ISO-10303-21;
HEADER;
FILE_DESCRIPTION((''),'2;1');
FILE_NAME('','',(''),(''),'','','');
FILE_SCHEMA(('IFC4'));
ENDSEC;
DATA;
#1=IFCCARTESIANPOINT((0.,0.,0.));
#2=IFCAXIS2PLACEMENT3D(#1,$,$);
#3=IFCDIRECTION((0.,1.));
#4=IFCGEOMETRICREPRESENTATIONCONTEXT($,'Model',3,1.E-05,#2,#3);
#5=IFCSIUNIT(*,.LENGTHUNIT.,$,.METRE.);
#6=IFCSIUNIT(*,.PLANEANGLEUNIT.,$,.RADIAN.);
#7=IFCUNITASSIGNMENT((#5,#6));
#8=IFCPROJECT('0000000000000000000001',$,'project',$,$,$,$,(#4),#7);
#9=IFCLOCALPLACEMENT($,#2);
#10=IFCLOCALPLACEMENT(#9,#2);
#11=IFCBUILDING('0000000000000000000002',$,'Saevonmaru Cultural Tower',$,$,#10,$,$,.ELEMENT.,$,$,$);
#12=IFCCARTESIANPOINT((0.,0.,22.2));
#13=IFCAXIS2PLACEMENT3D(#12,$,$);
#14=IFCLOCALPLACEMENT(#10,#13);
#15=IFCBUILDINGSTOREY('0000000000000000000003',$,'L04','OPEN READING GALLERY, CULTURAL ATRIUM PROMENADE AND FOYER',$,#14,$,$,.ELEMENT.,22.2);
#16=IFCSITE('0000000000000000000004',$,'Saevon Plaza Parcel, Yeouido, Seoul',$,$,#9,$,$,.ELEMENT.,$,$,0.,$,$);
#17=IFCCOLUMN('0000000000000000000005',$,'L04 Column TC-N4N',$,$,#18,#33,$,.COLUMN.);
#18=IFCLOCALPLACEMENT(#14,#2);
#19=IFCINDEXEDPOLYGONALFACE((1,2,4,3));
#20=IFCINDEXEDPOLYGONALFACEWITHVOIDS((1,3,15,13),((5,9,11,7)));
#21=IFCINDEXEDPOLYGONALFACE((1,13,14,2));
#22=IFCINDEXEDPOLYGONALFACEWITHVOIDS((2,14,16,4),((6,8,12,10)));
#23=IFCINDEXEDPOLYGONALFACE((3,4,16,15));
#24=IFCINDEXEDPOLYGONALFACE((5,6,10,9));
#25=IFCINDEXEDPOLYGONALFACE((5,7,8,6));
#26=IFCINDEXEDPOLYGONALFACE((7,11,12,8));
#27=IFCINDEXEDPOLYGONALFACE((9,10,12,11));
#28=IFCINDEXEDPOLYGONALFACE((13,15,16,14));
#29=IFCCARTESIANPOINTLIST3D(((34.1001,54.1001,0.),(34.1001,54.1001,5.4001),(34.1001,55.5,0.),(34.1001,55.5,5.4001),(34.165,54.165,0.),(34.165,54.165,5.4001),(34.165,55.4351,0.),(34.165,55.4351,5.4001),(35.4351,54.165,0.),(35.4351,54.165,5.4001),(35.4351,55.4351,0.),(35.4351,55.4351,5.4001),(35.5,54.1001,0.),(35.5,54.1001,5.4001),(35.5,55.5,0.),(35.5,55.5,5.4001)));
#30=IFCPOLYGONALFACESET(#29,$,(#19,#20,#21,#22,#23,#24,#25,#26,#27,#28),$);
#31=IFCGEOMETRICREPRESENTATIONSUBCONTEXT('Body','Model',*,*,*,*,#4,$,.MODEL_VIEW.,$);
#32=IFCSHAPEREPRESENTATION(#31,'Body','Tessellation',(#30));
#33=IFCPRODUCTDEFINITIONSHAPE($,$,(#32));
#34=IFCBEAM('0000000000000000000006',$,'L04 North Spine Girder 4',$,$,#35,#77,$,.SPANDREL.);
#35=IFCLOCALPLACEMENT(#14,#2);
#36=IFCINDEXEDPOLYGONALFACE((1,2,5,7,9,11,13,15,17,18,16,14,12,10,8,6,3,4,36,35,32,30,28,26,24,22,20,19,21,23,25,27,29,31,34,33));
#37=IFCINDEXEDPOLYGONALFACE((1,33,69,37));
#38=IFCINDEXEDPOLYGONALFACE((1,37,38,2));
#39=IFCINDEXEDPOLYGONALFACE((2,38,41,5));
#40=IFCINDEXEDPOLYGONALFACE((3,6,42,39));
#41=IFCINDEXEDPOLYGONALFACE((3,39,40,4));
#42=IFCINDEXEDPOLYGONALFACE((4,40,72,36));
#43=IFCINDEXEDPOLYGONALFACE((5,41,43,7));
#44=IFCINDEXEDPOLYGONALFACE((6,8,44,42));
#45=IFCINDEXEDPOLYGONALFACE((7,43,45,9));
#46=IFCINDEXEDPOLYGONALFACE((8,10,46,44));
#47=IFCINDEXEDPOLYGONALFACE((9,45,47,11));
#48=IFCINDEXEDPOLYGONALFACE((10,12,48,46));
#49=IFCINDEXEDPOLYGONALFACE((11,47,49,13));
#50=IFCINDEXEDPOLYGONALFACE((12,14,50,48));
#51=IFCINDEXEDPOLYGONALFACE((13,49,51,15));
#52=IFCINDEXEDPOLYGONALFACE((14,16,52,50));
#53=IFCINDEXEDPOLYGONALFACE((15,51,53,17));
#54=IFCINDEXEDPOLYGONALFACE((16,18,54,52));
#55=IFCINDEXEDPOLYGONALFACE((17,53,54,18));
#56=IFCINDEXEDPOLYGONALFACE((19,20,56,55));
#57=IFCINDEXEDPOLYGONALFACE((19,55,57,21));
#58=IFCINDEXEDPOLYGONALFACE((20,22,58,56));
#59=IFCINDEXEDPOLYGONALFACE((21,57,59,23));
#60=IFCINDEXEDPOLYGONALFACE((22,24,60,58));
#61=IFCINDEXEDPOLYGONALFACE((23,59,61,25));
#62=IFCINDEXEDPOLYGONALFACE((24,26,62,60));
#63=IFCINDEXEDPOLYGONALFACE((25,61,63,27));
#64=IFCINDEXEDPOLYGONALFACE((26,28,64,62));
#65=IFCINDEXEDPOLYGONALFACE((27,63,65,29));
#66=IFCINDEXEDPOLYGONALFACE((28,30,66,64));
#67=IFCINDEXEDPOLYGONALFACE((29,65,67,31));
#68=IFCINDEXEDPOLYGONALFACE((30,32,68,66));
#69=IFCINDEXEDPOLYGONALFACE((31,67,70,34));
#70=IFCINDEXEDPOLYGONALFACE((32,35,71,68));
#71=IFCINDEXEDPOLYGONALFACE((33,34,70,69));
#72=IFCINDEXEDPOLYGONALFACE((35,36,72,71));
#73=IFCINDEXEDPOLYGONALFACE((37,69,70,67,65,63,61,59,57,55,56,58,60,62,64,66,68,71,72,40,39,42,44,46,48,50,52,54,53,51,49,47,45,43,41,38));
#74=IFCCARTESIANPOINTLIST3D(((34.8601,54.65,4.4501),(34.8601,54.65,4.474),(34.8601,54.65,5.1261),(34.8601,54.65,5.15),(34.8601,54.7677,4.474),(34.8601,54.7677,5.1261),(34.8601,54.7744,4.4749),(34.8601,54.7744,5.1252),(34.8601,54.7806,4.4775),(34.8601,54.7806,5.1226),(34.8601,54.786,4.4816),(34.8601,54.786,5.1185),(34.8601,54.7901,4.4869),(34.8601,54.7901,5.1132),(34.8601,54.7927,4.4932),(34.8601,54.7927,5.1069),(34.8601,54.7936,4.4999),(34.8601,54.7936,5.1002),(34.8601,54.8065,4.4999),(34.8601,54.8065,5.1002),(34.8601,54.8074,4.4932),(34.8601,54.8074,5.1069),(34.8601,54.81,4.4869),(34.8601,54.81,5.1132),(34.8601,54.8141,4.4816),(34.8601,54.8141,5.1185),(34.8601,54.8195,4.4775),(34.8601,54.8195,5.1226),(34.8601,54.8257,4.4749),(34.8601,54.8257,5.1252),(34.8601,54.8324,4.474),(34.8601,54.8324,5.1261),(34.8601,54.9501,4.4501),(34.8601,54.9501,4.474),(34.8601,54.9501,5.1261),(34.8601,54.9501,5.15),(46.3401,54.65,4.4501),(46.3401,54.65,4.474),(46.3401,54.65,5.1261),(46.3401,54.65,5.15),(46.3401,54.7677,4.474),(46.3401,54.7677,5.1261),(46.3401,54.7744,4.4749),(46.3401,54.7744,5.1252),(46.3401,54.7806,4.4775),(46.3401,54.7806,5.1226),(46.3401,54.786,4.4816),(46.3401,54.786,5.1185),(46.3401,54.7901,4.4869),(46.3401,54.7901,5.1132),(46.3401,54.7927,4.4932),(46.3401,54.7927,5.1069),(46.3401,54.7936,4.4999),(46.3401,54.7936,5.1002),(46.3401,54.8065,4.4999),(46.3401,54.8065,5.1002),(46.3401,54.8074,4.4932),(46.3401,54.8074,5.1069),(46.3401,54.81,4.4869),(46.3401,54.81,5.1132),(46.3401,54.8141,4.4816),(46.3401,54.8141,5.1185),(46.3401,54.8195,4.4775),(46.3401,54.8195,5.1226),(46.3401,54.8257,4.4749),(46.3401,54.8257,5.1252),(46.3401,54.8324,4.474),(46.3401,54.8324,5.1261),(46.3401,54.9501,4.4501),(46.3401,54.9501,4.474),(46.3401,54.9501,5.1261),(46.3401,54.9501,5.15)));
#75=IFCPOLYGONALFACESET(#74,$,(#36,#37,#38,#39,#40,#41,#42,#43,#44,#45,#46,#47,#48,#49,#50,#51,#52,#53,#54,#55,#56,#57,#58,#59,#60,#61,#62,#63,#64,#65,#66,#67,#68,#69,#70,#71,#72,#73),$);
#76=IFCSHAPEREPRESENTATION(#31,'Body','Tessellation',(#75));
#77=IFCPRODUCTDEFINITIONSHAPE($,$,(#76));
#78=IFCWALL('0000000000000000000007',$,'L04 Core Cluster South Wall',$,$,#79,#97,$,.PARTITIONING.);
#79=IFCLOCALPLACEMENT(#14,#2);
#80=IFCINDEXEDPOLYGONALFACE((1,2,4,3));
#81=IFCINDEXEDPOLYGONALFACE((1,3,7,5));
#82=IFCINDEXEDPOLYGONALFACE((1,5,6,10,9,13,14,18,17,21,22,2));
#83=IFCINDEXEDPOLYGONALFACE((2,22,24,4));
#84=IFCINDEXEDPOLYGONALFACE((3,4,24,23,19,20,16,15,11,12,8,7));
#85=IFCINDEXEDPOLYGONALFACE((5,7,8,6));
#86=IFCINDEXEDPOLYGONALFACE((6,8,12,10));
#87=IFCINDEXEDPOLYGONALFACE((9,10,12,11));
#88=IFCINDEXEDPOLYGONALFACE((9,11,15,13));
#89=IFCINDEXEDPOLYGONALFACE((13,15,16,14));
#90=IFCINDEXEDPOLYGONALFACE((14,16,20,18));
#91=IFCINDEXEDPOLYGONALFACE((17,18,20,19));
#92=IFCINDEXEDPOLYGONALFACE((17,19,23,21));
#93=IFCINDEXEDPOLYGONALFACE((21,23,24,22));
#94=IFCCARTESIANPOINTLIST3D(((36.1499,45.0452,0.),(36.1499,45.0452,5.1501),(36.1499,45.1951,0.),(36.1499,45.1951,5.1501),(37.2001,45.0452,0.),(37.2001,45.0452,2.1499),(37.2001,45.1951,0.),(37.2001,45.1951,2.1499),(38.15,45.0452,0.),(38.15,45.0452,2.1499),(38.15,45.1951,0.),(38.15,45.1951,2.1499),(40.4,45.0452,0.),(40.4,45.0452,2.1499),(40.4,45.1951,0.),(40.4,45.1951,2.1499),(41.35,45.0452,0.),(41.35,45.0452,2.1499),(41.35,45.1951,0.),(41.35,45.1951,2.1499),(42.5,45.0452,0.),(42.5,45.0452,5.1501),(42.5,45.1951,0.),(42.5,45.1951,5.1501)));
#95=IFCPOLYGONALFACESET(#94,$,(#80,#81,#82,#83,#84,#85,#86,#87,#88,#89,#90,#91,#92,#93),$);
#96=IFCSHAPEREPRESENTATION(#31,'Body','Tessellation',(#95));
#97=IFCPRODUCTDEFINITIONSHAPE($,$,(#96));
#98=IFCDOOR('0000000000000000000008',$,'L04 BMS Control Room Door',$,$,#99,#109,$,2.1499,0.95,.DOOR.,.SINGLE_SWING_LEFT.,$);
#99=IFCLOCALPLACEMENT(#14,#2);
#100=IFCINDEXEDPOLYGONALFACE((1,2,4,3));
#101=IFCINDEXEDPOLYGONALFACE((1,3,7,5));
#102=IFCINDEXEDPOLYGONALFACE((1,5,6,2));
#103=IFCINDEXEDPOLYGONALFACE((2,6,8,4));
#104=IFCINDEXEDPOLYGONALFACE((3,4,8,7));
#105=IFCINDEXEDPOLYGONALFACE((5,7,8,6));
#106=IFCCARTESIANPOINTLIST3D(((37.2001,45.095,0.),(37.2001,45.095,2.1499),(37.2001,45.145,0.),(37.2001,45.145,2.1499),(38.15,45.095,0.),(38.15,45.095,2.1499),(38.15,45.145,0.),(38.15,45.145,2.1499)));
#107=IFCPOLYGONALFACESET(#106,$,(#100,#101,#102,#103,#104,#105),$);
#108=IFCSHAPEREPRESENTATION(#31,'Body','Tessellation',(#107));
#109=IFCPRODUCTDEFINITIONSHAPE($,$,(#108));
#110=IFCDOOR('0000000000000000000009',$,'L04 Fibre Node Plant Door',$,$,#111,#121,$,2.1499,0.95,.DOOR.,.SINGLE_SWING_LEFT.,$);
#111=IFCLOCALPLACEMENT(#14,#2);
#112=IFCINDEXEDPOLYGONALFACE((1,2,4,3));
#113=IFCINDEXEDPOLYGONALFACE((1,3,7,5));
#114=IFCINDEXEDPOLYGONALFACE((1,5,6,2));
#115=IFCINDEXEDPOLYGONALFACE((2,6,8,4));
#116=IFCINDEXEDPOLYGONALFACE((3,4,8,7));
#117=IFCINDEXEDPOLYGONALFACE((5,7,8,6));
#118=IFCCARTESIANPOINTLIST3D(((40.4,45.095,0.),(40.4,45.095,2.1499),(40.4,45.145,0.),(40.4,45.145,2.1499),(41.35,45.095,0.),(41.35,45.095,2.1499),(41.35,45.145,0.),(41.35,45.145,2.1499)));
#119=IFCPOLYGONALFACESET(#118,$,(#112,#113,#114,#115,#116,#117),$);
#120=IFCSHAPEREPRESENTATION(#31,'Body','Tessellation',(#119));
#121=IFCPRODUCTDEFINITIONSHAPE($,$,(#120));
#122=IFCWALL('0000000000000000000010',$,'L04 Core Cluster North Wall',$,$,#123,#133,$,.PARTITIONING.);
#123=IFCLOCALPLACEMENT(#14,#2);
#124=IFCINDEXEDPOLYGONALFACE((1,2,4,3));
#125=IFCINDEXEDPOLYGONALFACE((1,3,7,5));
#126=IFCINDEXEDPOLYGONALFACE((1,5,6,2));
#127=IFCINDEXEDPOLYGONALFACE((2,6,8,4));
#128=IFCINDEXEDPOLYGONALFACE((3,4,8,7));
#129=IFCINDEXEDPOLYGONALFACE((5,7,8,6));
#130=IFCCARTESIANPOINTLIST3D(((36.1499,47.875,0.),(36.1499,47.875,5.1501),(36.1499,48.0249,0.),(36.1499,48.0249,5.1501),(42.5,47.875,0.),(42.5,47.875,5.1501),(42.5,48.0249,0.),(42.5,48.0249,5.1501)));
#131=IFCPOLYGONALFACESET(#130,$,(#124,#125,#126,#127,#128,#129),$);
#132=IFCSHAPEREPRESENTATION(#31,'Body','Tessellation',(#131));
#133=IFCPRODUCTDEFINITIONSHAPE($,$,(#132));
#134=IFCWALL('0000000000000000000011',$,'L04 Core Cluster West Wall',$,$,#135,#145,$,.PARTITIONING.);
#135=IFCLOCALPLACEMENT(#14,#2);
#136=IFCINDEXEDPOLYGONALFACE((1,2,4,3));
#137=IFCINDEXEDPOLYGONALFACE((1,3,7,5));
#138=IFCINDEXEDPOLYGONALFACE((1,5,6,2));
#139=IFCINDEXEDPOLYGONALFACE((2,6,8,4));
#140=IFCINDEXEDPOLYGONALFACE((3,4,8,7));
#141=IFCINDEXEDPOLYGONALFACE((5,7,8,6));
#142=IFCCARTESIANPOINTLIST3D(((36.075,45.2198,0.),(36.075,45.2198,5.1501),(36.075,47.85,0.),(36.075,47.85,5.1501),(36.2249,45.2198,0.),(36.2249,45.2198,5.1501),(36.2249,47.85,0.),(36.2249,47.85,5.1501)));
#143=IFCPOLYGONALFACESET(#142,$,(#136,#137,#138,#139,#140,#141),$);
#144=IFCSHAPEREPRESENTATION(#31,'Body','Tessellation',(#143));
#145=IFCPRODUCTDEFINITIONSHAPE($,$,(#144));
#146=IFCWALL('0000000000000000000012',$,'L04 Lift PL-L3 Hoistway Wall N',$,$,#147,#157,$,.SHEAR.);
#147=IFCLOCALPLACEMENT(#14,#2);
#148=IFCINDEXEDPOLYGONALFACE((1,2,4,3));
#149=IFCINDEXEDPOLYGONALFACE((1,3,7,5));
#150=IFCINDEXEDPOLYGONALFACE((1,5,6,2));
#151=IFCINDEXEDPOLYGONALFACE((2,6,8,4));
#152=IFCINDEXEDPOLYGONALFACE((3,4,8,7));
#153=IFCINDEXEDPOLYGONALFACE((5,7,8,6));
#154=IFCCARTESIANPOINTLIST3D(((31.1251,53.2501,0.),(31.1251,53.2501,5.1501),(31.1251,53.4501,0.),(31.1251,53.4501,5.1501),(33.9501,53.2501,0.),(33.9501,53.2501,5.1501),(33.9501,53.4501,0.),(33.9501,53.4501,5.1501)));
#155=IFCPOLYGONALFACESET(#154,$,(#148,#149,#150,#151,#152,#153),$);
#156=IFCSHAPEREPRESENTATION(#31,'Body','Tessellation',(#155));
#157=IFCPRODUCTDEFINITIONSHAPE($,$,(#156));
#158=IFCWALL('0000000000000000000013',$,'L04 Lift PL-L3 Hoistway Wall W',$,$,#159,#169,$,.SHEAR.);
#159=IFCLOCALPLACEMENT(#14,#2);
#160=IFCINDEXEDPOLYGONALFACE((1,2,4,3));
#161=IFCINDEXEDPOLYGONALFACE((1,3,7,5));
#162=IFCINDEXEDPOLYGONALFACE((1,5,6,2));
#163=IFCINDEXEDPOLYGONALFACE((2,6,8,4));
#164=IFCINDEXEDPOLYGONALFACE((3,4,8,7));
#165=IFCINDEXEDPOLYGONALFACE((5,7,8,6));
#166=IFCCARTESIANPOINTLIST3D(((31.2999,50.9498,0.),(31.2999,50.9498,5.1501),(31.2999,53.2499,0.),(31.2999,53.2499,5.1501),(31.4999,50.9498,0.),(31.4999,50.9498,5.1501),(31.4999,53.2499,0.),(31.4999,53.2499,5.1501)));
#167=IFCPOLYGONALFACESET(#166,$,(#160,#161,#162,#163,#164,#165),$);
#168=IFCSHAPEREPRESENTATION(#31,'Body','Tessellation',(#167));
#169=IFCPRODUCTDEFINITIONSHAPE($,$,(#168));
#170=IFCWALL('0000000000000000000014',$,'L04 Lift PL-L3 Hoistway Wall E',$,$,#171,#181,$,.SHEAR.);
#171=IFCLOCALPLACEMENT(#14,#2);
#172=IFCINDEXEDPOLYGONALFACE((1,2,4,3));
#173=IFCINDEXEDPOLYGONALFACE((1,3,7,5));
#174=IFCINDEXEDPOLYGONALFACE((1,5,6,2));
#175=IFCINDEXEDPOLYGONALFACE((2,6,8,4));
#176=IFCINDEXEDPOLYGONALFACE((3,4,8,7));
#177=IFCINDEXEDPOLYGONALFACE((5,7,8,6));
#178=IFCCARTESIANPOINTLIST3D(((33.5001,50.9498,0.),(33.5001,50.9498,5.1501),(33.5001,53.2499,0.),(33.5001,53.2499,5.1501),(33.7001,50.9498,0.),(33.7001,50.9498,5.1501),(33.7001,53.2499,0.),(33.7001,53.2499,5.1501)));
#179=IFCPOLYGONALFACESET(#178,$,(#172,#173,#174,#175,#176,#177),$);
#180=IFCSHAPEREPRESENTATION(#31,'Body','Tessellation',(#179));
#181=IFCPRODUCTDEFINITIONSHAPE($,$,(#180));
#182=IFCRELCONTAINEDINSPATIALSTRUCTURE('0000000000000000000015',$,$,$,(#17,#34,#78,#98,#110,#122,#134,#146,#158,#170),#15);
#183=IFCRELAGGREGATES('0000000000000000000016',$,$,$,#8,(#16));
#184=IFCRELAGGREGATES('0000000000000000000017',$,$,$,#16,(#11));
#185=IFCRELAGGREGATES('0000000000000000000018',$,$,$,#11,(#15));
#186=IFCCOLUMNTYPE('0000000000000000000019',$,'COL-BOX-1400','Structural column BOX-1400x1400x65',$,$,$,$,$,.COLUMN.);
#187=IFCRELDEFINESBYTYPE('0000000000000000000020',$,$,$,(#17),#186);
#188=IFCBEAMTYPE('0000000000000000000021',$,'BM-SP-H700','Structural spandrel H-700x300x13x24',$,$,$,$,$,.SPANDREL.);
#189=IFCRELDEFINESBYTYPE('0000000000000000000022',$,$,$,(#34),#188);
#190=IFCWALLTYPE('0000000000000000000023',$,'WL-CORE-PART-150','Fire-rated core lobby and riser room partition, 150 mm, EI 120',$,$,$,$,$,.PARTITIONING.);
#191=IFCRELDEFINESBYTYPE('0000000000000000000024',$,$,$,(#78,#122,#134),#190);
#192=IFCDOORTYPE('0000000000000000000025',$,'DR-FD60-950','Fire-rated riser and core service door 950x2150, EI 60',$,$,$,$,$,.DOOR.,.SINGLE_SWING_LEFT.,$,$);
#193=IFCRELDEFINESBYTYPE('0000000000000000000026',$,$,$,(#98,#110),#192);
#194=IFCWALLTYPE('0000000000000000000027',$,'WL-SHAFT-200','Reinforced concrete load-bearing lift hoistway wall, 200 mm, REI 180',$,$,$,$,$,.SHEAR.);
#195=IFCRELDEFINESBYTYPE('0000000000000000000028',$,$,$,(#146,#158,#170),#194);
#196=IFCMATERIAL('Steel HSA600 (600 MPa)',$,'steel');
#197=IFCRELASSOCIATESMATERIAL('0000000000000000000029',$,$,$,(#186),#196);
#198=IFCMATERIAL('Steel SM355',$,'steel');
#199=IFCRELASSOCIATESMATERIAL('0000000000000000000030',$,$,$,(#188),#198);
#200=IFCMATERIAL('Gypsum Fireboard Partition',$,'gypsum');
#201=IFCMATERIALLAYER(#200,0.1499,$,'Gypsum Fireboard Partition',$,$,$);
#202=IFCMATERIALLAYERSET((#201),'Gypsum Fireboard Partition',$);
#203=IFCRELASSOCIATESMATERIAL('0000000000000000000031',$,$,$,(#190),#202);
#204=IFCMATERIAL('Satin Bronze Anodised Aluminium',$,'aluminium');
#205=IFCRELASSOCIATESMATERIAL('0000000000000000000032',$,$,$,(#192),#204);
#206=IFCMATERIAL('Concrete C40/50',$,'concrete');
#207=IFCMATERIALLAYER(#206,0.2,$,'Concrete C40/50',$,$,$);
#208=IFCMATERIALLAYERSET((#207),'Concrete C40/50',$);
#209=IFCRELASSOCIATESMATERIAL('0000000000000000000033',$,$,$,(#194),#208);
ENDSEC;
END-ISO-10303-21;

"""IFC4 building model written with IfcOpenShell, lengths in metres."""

from ifc_helpers import new_model, si_unit, direction, frame, frame_2d, origin, origin_2d, place, context, subcontext, project, spatial, rectangle, hollow_rectangle, i_section, extrude, material, layer, layer_set, material_profile, profile_set, type_object, element, fill, save


model = new_model("IFC4")

# Units and contexts
model_context = context("Model", 3, precision=1e-05, world=origin(), true_north=direction((0.0, 1.0)))
body_context = subcontext(model_context, "Body", "Model", "MODEL_VIEW")
ifc_project = project(units=[si_unit("LENGTHUNIT", "METRE"), si_unit("PLANEANGLEUNIT", "RADIAN")], contexts=[model_context])

# Site, building, storey
site_placement = place(None, origin())
site = spatial("IfcSite", under=ifc_project, at=site_placement, Name="Saevon Plaza Parcel, Yeouido, Seoul", CompositionType="ELEMENT", RefElevation=0.0)
building_placement = place(site_placement, origin())
building = spatial("IfcBuilding", under=site, at=building_placement, Name="Saevonmaru Cultural Tower", CompositionType="ELEMENT")
storey_placement = place(building_placement, frame((0.0, 0.0, 22.2)))
storey = spatial("IfcBuildingStorey", under=building, at=storey_placement, Name="L04", Description="OPEN READING GALLERY, CULTURAL ATRIUM PROMENADE AND FOYER", CompositionType="ELEMENT", Elevation=22.2)

# Column
ifc_material_1 = material(Name="Steel HSA600 (600 MPa)", Category="steel")
ifc_material_profile_1 = material_profile(ifc_material_1, hollow_rectangle(XDim=1.3999, YDim=1.3999, WallThickness=0.0649, at=origin_2d()), Name="BOX-1400x1400x65")
ifc_profile_set_1 = profile_set([ifc_material_profile_1], Name="Steel HSA600 (600 MPa)")
column_type = type_object("IfcColumnType", Name="COL-BOX-1400", Description="Structural column BOX-1400x1400x65", PredefinedType="COLUMN", material=ifc_profile_set_1)
column_placement = place(storey_placement, frame((34.8, 54.8, 0.0), z_axis=(0.0, 0.0, 1.0), x_axis=(1.0, 0.0, 0.0)))
element("IfcColumn", 1, at=column_placement, inside=storey, type_object=column_type, Name="L04 Column TC-N4N", PredefinedType="COLUMN", context=body_context, shape_type="SweptSolid", body=[
    extrude(hollow_rectangle(XDim=1.3999, YDim=1.3999, WallThickness=0.0649, at=origin_2d()), origin(), (0.0, 0.0, 1.0), 5.4001),
])

# Beam
ifc_material_2 = material(Name="Steel SM355", Category="steel")
ifc_material_profile_2 = material_profile(ifc_material_2, i_section(OverallWidth=0.3, OverallDepth=0.7, WebThickness=0.0129, FlangeThickness=0.0239, FilletRadius=0.0259, at=origin_2d()), Name="H-700x300x13x24")
ifc_profile_set_2 = profile_set([ifc_material_profile_2], Name="Steel SM355")
beam_type = type_object("IfcBeamType", Name="BM-SP-H700", Description="Structural spandrel H-700x300x13x24", PredefinedType="SPANDREL", material=ifc_profile_set_2)
beam_placement = place(storey_placement, frame((34.8601, 54.8, 4.8), z_axis=(1.0, 0.0, 0.0), x_axis=(0.0, 1.0, 0.0)))
element("IfcBeam", 2, at=beam_placement, inside=storey, type_object=beam_type, Name="L04 North Spine Girder 4", PredefinedType="SPANDREL", context=body_context, shape_type="SweptSolid", body=[
    extrude(i_section(OverallWidth=0.3, OverallDepth=0.7, WebThickness=0.0129, FlangeThickness=0.0239, FilletRadius=0.0259, at=origin_2d()), origin(), (0.0, 0.0, 1.0), 11.48),
])

# Wall, openings, doors
ifc_material_3 = material(Name="Gypsum Fireboard Partition", Category="gypsum")
ifc_layer_1 = layer(ifc_material_3, 0.1499, Name="Gypsum Fireboard Partition")
ifc_layer_set_1 = layer_set([ifc_layer_1], Name="Gypsum Fireboard Partition")
wall_type_1 = type_object("IfcWallType", Name="WL-CORE-PART-150", Description="Fire-rated core lobby and riser room partition, 150 mm, EI 120", PredefinedType="PARTITIONING", material=ifc_layer_set_1)
wall_1_placement = place(storey_placement, frame((36.1499, 45.1201, 0.0), z_axis=(0.0, 0.0, 1.0), x_axis=(1.0, 0.0, 0.0)))
wall_1 = element("IfcWall", 3, at=wall_1_placement, inside=storey, type_object=wall_type_1, Name="L04 Core Cluster South Wall", PredefinedType="PARTITIONING", context=body_context, shape_type="SweptSolid", body=[
    extrude(rectangle(XDim=6.3501, YDim=0.1499, at=frame_2d((3.175, 0.0))), origin(), (0.0, 0.0, 1.0), 5.1501),
])
opening_1_placement = place(wall_1_placement, frame((1.05, 0.0, 0.0)))
opening_1 = element("IfcOpeningElement", 4, at=opening_1_placement, cuts=wall_1, PredefinedType="OPENING", context=body_context, shape_type="SweptSolid", body=[
    extrude(rectangle(XDim=0.95, YDim=2.1499, at=frame_2d((0.4751, 1.075))), frame((0.0, 0.085, 0.0), z_axis=(0.0, -1.0, 0.0), x_axis=(1.0, 0.0, 0.0)), (0.0, 0.0, 1.0), 0.1699),
])
opening_2_placement = place(wall_1_placement, frame((4.25, 0.0, 0.0)))
opening_2 = element("IfcOpeningElement", 5, at=opening_2_placement, cuts=wall_1, PredefinedType="OPENING", context=body_context, shape_type="SweptSolid", body=[
    extrude(rectangle(XDim=0.95, YDim=2.1499, at=frame_2d((0.4751, 1.075))), frame((0.0, 0.085, 0.0), z_axis=(0.0, -1.0, 0.0), x_axis=(1.0, 0.0, 0.0)), (0.0, 0.0, 1.0), 0.1699),
])
ifc_material_4 = material(Name="Satin Bronze Anodised Aluminium", Category="aluminium")
door_type = type_object("IfcDoorType", Name="DR-FD60-950", Description="Fire-rated riser and core service door 950x2150, EI 60", OperationType="SINGLE_SWING_LEFT", PredefinedType="DOOR", material=ifc_material_4)
door_1_placement = place(opening_1_placement, origin())
door_1 = element("IfcDoor", 6, at=door_1_placement, inside=storey, type_object=door_type, Name="L04 BMS Control Room Door", OperationType="SINGLE_SWING_LEFT", OverallHeight=2.1499, OverallWidth=0.95, PredefinedType="DOOR", context=body_context, shape_type="SweptSolid", body=[
    extrude(rectangle(XDim=0.95, YDim=2.1499, at=frame_2d((0.4751, 1.075))), frame((0.0, 0.0249, 0.0), z_axis=(0.0, -1.0, 0.0), x_axis=(1.0, 0.0, 0.0)), (0.0, 0.0, 1.0), 0.05),
])
fill(opening_1, door_1)
door_2_placement = place(opening_2_placement, origin())
door_2 = element("IfcDoor", 7, at=door_2_placement, inside=storey, type_object=door_type, Name="L04 Fibre Node Plant Door", OperationType="SINGLE_SWING_LEFT", OverallHeight=2.1499, OverallWidth=0.95, PredefinedType="DOOR", context=body_context, shape_type="SweptSolid", body=[
    extrude(rectangle(XDim=0.95, YDim=2.1499, at=frame_2d((0.4751, 1.075))), frame((0.0, 0.0249, 0.0), z_axis=(0.0, -1.0, 0.0), x_axis=(1.0, 0.0, 0.0)), (0.0, 0.0, 1.0), 0.05),
])
fill(opening_2, door_2)

# Walls
wall_2_placement = place(storey_placement, frame((36.1499, 47.95, 0.0), z_axis=(0.0, 0.0, 1.0), x_axis=(1.0, 0.0, 0.0)))
element("IfcWall", 8, at=wall_2_placement, inside=storey, type_object=wall_type_1, Name="L04 Core Cluster North Wall", PredefinedType="PARTITIONING", context=body_context, shape_type="SweptSolid", body=[
    extrude(rectangle(XDim=6.3501, YDim=0.1499, at=frame_2d((3.175, 0.0))), origin(), (0.0, 0.0, 1.0), 5.1501),
])
wall_3_placement = place(storey_placement, frame((36.1499, 45.22, 0.0), z_axis=(0.0, 0.0, 1.0), x_axis=(0.0, 1.0, 0.0)))
element("IfcWall", 9, at=wall_3_placement, inside=storey, type_object=wall_type_1, Name="L04 Core Cluster West Wall", PredefinedType="PARTITIONING", context=body_context, shape_type="SweptSolid", body=[
    extrude(rectangle(XDim=2.6301, YDim=0.1499, at=frame_2d((1.3149, 0.0))), origin(), (0.0, 0.0, 1.0), 5.1501),
])
ifc_material_5 = material(Name="Concrete C40/50", Category="concrete")
ifc_layer_2 = layer(ifc_material_5, 0.2, Name="Concrete C40/50")
ifc_layer_set_2 = layer_set([ifc_layer_2], Name="Concrete C40/50")
wall_type_2 = type_object("IfcWallType", Name="WL-SHAFT-200", Description="Reinforced concrete load-bearing lift hoistway wall, 200 mm, REI 180", PredefinedType="SHEAR", material=ifc_layer_set_2)
wall_4_placement = place(storey_placement, frame((31.125, 53.3501, 0.0), z_axis=(0.0, 0.0, 1.0), x_axis=(1.0, 0.0, 0.0)))
element("IfcWall", 10, at=wall_4_placement, inside=storey, type_object=wall_type_2, Name="L04 Lift PL-L3 Hoistway Wall N", PredefinedType="SHEAR", context=body_context, shape_type="SweptSolid", body=[
    extrude(rectangle(XDim=2.825, YDim=0.2, at=frame_2d((1.4126, 0.0))), origin(), (0.0, 0.0, 1.0), 5.1501),
])
for number, where, z_axis, x_axis, name in (
    (11, (31.3999, 50.95, 0.0), (0.0, 0.0, 1.0), (0.0, 1.0, 0.0), "L04 Lift PL-L3 Hoistway Wall W"),
    (12, (33.6001, 50.95, 0.0), (0.0, 0.0, 1.0), (0.0, 1.0, 0.0), "L04 Lift PL-L3 Hoistway Wall E"),
):
    element("IfcWall", number, at=place(storey_placement, frame(where, z_axis=z_axis, x_axis=x_axis)), inside=storey, type_object=wall_type_2, Name=name, PredefinedType="SHEAR", context=body_context, shape_type="SweptSolid", body=[
        extrude(rectangle(XDim=2.3, YDim=0.2, at=frame_2d((1.1499, 0.0))), origin(), (0.0, 0.0, 1.0), 5.1501),
    ])

save(model, "model.ifc")
